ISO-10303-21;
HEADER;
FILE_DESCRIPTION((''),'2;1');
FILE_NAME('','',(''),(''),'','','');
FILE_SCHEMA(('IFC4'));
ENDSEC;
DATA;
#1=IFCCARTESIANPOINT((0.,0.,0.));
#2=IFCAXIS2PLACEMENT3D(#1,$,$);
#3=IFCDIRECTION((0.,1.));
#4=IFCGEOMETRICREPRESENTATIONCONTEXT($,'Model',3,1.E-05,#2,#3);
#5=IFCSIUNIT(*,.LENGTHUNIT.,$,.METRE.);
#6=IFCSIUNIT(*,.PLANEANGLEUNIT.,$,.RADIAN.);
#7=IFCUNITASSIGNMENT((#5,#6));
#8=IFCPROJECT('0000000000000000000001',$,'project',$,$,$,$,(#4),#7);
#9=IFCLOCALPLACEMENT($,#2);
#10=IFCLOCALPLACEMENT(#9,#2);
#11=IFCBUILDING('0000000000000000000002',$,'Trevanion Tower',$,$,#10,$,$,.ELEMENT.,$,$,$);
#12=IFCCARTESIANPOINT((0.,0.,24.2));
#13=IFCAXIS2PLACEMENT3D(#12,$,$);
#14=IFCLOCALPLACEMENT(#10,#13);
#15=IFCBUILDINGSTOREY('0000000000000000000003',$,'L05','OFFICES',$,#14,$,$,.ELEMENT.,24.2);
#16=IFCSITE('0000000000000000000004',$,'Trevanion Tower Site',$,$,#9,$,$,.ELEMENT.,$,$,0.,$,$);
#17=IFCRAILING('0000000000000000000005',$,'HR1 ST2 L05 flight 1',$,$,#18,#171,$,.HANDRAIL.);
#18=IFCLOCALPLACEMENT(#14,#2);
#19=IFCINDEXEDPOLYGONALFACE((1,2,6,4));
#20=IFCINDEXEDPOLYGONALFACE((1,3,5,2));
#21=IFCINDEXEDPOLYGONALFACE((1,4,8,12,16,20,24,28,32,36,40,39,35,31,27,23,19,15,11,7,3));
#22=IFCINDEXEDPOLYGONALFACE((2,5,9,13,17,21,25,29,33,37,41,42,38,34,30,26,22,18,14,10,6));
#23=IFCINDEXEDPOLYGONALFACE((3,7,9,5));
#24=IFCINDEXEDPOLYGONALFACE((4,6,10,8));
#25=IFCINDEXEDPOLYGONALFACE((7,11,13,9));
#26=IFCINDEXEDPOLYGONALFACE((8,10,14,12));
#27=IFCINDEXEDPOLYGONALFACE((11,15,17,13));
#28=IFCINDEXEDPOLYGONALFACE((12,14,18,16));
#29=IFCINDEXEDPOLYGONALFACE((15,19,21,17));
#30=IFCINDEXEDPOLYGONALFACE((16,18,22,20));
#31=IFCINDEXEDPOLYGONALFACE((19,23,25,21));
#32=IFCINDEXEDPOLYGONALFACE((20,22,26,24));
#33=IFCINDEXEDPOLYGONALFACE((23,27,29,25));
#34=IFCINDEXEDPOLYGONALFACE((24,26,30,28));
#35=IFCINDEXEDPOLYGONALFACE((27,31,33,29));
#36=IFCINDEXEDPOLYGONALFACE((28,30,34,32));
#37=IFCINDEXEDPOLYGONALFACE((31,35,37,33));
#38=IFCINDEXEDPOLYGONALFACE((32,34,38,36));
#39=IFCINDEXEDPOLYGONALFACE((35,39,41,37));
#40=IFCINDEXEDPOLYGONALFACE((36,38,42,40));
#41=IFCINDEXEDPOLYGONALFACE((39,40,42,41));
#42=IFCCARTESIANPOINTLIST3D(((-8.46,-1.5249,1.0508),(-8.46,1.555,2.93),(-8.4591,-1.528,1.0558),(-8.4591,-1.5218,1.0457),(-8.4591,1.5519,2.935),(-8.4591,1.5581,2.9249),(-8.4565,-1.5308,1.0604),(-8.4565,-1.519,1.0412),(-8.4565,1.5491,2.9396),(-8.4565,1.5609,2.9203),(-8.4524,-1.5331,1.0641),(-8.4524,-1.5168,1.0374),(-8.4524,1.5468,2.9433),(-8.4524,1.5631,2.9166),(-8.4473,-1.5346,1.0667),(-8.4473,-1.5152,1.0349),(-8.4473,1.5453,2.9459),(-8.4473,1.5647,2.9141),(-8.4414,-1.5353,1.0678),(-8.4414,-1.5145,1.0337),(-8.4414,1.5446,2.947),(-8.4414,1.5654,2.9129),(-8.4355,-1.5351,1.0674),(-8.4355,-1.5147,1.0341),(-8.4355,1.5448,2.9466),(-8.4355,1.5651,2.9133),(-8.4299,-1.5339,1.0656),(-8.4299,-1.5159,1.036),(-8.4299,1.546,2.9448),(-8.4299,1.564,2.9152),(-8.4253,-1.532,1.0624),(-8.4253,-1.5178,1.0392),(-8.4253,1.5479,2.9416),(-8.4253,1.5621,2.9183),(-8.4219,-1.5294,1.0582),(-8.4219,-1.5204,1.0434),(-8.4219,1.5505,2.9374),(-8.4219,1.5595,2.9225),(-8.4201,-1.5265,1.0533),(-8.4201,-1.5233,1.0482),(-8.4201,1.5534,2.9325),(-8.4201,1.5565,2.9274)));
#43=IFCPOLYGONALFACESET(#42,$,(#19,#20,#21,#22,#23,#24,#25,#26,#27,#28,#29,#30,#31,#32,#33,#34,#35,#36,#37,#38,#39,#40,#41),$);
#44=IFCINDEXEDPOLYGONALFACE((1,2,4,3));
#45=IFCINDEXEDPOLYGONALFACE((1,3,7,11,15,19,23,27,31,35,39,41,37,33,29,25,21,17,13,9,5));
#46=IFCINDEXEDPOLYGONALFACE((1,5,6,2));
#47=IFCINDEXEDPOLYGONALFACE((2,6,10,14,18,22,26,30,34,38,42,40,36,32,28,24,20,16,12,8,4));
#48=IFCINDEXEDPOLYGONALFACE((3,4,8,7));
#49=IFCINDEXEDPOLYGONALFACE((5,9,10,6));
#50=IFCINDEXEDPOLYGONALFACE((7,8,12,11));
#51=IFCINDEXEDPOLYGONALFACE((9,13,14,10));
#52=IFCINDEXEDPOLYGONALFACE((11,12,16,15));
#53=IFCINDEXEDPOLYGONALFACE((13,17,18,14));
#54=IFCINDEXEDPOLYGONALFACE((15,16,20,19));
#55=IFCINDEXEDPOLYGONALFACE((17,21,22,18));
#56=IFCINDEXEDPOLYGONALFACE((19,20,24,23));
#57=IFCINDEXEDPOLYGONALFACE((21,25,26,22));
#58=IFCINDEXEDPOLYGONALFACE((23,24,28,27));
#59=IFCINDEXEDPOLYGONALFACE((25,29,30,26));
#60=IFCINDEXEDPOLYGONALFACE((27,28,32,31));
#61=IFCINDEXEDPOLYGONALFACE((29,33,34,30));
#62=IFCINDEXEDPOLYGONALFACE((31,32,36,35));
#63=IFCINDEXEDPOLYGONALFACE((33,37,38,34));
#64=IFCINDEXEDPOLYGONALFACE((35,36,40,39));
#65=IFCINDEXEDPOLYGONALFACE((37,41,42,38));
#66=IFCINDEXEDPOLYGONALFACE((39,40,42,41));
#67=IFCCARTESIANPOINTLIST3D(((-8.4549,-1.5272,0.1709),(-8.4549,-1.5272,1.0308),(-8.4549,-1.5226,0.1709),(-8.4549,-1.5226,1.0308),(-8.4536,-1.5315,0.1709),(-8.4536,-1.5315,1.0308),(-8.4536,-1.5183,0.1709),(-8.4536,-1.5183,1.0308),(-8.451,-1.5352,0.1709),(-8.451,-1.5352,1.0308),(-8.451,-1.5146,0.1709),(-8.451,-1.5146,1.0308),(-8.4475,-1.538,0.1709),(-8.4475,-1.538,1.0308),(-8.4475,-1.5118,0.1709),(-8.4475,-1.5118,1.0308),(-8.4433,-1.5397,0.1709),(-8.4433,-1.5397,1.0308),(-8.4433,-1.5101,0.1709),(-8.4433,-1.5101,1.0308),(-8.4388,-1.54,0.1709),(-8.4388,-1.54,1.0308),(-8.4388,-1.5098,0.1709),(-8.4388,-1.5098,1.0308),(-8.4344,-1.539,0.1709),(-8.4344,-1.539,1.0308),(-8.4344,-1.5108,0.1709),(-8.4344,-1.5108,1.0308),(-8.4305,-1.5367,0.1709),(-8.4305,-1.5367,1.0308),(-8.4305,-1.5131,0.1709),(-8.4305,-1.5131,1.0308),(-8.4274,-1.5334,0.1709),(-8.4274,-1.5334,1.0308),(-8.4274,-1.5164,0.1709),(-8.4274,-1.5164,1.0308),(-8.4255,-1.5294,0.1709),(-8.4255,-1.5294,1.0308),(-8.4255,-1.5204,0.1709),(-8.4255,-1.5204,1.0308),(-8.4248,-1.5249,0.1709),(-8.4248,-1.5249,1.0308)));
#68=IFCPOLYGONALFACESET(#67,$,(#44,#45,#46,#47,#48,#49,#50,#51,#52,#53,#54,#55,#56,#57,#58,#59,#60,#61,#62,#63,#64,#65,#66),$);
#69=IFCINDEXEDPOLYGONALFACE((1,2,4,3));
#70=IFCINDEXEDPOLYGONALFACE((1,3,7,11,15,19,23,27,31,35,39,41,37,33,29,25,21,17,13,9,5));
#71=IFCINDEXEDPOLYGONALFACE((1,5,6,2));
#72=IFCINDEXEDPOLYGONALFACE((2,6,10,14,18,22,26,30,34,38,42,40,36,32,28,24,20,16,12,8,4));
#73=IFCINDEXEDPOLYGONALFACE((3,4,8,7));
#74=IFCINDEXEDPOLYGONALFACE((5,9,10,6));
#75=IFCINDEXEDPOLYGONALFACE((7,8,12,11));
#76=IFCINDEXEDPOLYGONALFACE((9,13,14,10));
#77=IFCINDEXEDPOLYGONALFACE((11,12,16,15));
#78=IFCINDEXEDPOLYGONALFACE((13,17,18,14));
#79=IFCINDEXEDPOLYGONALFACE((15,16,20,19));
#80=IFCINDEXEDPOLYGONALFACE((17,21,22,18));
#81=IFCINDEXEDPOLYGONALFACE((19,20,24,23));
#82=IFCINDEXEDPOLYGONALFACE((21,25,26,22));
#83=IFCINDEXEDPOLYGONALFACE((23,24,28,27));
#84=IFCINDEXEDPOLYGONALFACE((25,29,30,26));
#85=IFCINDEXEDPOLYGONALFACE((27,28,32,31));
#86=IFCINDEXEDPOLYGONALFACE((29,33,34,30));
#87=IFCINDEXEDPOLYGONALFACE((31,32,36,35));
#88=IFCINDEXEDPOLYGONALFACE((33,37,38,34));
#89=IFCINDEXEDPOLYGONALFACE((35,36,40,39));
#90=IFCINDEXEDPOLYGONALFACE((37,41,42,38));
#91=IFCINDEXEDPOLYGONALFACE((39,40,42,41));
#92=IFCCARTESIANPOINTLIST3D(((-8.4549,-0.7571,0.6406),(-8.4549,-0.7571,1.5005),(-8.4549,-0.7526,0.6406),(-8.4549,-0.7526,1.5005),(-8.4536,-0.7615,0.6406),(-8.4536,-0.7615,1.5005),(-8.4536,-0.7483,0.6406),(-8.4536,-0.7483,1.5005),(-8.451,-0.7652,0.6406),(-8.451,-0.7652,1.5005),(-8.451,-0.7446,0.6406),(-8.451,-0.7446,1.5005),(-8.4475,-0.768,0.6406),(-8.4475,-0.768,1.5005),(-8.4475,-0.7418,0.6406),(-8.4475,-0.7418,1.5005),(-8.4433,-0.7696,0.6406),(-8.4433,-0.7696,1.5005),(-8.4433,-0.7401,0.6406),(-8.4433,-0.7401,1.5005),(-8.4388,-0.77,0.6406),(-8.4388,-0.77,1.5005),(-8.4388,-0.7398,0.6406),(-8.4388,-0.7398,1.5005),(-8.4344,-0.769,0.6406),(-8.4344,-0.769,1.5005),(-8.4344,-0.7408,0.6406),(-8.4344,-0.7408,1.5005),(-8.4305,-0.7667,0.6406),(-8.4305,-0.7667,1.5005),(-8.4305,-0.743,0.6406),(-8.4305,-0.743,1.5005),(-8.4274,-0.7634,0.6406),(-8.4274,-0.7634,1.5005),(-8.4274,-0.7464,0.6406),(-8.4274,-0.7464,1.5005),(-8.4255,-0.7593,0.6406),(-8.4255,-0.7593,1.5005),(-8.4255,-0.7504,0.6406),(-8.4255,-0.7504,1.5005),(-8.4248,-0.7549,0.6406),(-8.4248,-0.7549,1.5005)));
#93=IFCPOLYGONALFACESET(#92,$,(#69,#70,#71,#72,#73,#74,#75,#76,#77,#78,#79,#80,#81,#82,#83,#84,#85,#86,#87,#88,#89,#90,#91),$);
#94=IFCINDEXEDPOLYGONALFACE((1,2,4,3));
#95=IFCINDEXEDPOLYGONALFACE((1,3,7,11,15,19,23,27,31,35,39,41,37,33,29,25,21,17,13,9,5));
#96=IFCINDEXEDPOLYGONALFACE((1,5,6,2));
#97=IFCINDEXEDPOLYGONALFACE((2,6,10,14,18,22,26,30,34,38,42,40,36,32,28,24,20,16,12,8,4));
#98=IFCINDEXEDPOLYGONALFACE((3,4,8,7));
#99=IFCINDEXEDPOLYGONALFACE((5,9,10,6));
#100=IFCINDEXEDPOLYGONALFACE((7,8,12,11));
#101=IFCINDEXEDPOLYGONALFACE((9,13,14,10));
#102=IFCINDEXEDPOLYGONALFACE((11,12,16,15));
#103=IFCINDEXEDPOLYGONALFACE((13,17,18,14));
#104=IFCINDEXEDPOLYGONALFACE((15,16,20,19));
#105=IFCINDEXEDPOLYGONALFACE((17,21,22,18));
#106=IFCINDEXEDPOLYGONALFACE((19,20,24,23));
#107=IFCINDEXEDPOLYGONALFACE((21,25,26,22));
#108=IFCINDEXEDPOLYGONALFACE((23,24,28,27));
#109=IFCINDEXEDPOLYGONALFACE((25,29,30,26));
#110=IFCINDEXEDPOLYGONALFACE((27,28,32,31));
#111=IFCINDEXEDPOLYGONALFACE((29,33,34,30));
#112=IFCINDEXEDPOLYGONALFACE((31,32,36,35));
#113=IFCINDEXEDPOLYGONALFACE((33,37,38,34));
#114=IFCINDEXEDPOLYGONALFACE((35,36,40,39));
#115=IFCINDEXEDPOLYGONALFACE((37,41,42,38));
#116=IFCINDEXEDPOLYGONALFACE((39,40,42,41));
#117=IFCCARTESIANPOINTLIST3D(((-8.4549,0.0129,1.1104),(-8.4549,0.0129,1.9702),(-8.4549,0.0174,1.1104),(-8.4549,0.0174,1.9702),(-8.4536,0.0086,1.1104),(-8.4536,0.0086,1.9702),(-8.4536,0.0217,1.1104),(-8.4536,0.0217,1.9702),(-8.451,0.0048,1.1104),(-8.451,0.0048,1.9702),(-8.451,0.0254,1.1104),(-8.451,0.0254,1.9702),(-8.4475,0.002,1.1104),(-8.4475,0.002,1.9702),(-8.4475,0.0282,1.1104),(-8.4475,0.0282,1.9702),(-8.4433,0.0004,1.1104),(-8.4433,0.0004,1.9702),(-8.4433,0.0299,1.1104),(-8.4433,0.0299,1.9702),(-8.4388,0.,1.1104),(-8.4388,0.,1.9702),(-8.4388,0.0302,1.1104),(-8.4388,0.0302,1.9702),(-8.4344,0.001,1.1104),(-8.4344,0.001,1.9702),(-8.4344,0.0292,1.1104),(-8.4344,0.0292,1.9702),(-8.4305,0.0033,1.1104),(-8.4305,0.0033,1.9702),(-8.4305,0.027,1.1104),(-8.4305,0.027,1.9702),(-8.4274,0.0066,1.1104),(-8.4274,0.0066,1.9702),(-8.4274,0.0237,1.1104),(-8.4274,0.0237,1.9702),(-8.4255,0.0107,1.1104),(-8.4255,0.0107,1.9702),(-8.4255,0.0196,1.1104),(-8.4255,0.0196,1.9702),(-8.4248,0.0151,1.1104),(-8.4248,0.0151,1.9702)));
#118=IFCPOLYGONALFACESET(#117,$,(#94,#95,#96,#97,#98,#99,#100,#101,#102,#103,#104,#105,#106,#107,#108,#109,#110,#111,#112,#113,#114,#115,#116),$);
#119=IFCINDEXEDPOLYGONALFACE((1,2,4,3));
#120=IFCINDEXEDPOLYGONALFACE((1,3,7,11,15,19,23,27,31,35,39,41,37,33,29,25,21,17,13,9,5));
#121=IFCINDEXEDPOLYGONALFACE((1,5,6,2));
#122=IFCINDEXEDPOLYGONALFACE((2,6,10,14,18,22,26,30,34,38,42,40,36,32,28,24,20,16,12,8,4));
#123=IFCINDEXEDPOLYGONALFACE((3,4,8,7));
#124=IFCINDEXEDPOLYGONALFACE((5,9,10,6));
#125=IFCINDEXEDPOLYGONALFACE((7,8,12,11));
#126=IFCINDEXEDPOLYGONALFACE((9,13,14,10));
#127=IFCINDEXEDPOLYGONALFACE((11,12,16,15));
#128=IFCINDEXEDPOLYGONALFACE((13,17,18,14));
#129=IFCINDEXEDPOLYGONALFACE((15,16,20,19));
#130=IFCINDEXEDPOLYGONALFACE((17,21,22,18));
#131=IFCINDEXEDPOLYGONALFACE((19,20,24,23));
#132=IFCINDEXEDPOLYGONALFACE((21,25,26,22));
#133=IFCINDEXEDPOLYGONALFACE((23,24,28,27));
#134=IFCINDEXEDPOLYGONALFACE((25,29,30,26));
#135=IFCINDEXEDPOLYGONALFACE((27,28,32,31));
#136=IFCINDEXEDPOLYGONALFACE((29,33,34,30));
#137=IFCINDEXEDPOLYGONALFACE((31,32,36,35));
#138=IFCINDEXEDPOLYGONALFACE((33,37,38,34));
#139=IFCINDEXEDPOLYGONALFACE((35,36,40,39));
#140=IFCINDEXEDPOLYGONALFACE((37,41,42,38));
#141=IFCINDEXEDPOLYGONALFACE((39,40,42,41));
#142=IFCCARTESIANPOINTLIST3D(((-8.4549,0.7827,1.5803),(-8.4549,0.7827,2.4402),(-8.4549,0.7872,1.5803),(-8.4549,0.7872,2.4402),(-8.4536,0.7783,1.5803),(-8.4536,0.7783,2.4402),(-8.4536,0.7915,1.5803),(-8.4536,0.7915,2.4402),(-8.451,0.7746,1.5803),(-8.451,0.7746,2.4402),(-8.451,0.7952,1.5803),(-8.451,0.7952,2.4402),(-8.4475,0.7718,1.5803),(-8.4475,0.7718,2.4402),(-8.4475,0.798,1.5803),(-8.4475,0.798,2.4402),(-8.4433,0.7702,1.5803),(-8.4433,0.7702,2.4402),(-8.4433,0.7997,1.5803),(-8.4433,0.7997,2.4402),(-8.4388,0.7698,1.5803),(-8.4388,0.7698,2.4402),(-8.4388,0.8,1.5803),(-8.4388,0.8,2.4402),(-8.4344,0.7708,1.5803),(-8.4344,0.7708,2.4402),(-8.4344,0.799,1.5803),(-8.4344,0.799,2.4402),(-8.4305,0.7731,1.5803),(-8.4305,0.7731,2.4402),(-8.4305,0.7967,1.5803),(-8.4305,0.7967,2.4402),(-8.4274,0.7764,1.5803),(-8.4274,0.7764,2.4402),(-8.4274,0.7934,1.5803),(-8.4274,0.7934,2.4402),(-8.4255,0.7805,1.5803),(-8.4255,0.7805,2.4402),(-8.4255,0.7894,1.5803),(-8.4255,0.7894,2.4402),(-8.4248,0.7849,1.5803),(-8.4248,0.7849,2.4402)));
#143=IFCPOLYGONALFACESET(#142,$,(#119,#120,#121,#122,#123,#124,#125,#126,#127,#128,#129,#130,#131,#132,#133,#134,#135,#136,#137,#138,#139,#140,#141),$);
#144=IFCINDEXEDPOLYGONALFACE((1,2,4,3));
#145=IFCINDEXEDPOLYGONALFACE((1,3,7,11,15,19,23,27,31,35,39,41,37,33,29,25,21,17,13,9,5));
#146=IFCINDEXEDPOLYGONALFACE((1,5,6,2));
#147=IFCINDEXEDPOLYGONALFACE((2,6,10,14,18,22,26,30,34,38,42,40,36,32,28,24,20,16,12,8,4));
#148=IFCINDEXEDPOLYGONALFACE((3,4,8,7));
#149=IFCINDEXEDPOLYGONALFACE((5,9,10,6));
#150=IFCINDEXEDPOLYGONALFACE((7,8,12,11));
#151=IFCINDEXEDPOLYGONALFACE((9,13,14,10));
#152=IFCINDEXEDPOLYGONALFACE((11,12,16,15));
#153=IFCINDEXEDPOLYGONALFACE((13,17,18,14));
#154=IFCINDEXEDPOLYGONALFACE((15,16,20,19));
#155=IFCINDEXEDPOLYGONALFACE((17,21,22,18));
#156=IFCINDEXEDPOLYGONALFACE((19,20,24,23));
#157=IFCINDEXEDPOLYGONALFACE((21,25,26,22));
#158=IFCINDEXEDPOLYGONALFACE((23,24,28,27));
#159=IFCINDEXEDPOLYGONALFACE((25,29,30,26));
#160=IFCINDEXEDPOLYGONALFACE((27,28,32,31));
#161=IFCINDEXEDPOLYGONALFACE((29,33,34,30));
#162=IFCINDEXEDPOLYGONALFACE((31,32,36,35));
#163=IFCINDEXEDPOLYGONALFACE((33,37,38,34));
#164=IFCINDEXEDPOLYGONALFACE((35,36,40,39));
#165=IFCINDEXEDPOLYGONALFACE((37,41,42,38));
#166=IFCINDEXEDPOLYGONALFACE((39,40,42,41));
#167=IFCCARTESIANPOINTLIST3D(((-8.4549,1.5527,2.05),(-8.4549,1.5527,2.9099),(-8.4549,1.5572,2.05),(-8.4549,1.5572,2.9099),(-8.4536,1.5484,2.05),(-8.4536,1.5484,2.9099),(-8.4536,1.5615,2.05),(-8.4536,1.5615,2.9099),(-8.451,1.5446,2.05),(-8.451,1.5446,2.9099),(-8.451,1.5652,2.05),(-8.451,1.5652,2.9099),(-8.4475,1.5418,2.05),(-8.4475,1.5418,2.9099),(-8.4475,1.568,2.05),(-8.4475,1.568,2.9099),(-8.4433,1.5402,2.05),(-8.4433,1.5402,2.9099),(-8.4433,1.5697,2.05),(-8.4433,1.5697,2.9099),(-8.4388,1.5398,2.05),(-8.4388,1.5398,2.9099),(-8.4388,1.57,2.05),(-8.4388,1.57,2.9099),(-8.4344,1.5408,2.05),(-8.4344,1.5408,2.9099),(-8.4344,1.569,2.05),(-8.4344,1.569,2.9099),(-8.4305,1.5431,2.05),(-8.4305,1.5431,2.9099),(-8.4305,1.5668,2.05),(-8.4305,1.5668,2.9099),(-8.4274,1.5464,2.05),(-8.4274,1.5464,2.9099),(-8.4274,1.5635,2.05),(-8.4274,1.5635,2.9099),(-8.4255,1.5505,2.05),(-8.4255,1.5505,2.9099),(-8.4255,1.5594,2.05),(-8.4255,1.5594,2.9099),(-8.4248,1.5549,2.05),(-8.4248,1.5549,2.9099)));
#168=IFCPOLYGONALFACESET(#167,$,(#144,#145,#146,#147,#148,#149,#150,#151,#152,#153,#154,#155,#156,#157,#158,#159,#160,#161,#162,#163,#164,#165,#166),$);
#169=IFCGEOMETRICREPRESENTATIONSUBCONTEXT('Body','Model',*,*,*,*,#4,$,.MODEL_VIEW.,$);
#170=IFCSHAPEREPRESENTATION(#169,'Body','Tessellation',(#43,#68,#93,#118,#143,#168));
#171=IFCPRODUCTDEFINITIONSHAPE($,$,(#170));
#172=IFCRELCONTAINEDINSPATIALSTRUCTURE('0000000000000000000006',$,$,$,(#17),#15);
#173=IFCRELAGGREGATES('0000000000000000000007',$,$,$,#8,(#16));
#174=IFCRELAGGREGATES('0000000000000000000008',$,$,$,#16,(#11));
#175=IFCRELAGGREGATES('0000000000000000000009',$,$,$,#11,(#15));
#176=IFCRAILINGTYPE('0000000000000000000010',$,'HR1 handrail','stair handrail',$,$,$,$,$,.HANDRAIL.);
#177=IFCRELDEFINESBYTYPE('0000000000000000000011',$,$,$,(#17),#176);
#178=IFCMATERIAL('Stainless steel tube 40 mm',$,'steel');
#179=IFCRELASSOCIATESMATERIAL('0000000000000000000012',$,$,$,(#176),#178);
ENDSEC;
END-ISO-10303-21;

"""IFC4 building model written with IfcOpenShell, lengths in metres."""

from ifc_helpers import new_model, si_unit, direction, frame, origin, origin_2d, place, context, subcontext, project, spatial, circle, extrude, material, type_object, element, save


model = new_model("IFC4")

# Units and contexts
model_context = context("Model", 3, precision=1e-05, world=origin(), true_north=direction((0.0, 1.0)))
body_context = subcontext(model_context, "Body", "Model", "MODEL_VIEW")
ifc_project = project(units=[si_unit("LENGTHUNIT", "METRE"), si_unit("PLANEANGLEUNIT", "RADIAN")], contexts=[model_context])

# Site, building, storey
site_placement = place(None, origin())
site = spatial("IfcSite", under=ifc_project, at=site_placement, Name="Trevanion Tower Site", CompositionType="ELEMENT", RefElevation=0.0)
building_placement = place(site_placement, origin())
building = spatial("IfcBuilding", under=site, at=building_placement, Name="Trevanion Tower", CompositionType="ELEMENT")
storey_placement = place(building_placement, frame((0.0, 0.0, 24.2)))
storey = spatial("IfcBuildingStorey", under=building, at=storey_placement, Name="L05", Description="OFFICES", CompositionType="ELEMENT", Elevation=24.2)

# Railing
ifc_material_1 = material(Name="Stainless steel tube 40 mm", Category="steel")
railing_type = type_object("IfcRailingType", Name="HR1 handrail", Description="stair handrail", PredefinedType="HANDRAIL", material=ifc_material_1)
for number, where, name in (
    (1, (-8.4399, -1.5249, 0.1709), "HR1 ST2 L05 flight 1"),
):
    element("IfcRailing", number, at=place(storey_placement, frame(where)), inside=storey, type_object=railing_type, Name=name, PredefinedType="HANDRAIL", context=body_context, shape_type="SweptSolid", body=[
        extrude(circle(Radius=0.02, at=origin_2d()), frame((0.0, 0.0, 0.8799), z_axis=(0.0, 0.853648, 0.52085), x_axis=(-1.0, 0.0, 0.0)), (0.0, 0.0, 1.0), 3.6079),
        extrude(circle(Radius=0.0151, at=origin_2d()), origin(), (0.0, 0.0, 1.0), 0.8599),
        extrude(circle(Radius=0.0151, at=origin_2d()), frame((0.0, 0.77, 0.4697)), (0.0, 0.0, 1.0), 0.8599),
        extrude(circle(Radius=0.0151, at=origin_2d()), frame((0.0, 1.54, 0.9395)), (0.0, 0.0, 1.0), 0.8599),
        extrude(circle(Radius=0.0151, at=origin_2d()), frame((0.0, 2.3098, 1.4094)), (0.0, 0.0, 1.0), 0.8599),
        extrude(circle(Radius=0.0151, at=origin_2d()), frame((0.0, 3.0798, 1.8792)), (0.0, 0.0, 1.0), 0.8599),
    ])

save(model, "model.ifc")
